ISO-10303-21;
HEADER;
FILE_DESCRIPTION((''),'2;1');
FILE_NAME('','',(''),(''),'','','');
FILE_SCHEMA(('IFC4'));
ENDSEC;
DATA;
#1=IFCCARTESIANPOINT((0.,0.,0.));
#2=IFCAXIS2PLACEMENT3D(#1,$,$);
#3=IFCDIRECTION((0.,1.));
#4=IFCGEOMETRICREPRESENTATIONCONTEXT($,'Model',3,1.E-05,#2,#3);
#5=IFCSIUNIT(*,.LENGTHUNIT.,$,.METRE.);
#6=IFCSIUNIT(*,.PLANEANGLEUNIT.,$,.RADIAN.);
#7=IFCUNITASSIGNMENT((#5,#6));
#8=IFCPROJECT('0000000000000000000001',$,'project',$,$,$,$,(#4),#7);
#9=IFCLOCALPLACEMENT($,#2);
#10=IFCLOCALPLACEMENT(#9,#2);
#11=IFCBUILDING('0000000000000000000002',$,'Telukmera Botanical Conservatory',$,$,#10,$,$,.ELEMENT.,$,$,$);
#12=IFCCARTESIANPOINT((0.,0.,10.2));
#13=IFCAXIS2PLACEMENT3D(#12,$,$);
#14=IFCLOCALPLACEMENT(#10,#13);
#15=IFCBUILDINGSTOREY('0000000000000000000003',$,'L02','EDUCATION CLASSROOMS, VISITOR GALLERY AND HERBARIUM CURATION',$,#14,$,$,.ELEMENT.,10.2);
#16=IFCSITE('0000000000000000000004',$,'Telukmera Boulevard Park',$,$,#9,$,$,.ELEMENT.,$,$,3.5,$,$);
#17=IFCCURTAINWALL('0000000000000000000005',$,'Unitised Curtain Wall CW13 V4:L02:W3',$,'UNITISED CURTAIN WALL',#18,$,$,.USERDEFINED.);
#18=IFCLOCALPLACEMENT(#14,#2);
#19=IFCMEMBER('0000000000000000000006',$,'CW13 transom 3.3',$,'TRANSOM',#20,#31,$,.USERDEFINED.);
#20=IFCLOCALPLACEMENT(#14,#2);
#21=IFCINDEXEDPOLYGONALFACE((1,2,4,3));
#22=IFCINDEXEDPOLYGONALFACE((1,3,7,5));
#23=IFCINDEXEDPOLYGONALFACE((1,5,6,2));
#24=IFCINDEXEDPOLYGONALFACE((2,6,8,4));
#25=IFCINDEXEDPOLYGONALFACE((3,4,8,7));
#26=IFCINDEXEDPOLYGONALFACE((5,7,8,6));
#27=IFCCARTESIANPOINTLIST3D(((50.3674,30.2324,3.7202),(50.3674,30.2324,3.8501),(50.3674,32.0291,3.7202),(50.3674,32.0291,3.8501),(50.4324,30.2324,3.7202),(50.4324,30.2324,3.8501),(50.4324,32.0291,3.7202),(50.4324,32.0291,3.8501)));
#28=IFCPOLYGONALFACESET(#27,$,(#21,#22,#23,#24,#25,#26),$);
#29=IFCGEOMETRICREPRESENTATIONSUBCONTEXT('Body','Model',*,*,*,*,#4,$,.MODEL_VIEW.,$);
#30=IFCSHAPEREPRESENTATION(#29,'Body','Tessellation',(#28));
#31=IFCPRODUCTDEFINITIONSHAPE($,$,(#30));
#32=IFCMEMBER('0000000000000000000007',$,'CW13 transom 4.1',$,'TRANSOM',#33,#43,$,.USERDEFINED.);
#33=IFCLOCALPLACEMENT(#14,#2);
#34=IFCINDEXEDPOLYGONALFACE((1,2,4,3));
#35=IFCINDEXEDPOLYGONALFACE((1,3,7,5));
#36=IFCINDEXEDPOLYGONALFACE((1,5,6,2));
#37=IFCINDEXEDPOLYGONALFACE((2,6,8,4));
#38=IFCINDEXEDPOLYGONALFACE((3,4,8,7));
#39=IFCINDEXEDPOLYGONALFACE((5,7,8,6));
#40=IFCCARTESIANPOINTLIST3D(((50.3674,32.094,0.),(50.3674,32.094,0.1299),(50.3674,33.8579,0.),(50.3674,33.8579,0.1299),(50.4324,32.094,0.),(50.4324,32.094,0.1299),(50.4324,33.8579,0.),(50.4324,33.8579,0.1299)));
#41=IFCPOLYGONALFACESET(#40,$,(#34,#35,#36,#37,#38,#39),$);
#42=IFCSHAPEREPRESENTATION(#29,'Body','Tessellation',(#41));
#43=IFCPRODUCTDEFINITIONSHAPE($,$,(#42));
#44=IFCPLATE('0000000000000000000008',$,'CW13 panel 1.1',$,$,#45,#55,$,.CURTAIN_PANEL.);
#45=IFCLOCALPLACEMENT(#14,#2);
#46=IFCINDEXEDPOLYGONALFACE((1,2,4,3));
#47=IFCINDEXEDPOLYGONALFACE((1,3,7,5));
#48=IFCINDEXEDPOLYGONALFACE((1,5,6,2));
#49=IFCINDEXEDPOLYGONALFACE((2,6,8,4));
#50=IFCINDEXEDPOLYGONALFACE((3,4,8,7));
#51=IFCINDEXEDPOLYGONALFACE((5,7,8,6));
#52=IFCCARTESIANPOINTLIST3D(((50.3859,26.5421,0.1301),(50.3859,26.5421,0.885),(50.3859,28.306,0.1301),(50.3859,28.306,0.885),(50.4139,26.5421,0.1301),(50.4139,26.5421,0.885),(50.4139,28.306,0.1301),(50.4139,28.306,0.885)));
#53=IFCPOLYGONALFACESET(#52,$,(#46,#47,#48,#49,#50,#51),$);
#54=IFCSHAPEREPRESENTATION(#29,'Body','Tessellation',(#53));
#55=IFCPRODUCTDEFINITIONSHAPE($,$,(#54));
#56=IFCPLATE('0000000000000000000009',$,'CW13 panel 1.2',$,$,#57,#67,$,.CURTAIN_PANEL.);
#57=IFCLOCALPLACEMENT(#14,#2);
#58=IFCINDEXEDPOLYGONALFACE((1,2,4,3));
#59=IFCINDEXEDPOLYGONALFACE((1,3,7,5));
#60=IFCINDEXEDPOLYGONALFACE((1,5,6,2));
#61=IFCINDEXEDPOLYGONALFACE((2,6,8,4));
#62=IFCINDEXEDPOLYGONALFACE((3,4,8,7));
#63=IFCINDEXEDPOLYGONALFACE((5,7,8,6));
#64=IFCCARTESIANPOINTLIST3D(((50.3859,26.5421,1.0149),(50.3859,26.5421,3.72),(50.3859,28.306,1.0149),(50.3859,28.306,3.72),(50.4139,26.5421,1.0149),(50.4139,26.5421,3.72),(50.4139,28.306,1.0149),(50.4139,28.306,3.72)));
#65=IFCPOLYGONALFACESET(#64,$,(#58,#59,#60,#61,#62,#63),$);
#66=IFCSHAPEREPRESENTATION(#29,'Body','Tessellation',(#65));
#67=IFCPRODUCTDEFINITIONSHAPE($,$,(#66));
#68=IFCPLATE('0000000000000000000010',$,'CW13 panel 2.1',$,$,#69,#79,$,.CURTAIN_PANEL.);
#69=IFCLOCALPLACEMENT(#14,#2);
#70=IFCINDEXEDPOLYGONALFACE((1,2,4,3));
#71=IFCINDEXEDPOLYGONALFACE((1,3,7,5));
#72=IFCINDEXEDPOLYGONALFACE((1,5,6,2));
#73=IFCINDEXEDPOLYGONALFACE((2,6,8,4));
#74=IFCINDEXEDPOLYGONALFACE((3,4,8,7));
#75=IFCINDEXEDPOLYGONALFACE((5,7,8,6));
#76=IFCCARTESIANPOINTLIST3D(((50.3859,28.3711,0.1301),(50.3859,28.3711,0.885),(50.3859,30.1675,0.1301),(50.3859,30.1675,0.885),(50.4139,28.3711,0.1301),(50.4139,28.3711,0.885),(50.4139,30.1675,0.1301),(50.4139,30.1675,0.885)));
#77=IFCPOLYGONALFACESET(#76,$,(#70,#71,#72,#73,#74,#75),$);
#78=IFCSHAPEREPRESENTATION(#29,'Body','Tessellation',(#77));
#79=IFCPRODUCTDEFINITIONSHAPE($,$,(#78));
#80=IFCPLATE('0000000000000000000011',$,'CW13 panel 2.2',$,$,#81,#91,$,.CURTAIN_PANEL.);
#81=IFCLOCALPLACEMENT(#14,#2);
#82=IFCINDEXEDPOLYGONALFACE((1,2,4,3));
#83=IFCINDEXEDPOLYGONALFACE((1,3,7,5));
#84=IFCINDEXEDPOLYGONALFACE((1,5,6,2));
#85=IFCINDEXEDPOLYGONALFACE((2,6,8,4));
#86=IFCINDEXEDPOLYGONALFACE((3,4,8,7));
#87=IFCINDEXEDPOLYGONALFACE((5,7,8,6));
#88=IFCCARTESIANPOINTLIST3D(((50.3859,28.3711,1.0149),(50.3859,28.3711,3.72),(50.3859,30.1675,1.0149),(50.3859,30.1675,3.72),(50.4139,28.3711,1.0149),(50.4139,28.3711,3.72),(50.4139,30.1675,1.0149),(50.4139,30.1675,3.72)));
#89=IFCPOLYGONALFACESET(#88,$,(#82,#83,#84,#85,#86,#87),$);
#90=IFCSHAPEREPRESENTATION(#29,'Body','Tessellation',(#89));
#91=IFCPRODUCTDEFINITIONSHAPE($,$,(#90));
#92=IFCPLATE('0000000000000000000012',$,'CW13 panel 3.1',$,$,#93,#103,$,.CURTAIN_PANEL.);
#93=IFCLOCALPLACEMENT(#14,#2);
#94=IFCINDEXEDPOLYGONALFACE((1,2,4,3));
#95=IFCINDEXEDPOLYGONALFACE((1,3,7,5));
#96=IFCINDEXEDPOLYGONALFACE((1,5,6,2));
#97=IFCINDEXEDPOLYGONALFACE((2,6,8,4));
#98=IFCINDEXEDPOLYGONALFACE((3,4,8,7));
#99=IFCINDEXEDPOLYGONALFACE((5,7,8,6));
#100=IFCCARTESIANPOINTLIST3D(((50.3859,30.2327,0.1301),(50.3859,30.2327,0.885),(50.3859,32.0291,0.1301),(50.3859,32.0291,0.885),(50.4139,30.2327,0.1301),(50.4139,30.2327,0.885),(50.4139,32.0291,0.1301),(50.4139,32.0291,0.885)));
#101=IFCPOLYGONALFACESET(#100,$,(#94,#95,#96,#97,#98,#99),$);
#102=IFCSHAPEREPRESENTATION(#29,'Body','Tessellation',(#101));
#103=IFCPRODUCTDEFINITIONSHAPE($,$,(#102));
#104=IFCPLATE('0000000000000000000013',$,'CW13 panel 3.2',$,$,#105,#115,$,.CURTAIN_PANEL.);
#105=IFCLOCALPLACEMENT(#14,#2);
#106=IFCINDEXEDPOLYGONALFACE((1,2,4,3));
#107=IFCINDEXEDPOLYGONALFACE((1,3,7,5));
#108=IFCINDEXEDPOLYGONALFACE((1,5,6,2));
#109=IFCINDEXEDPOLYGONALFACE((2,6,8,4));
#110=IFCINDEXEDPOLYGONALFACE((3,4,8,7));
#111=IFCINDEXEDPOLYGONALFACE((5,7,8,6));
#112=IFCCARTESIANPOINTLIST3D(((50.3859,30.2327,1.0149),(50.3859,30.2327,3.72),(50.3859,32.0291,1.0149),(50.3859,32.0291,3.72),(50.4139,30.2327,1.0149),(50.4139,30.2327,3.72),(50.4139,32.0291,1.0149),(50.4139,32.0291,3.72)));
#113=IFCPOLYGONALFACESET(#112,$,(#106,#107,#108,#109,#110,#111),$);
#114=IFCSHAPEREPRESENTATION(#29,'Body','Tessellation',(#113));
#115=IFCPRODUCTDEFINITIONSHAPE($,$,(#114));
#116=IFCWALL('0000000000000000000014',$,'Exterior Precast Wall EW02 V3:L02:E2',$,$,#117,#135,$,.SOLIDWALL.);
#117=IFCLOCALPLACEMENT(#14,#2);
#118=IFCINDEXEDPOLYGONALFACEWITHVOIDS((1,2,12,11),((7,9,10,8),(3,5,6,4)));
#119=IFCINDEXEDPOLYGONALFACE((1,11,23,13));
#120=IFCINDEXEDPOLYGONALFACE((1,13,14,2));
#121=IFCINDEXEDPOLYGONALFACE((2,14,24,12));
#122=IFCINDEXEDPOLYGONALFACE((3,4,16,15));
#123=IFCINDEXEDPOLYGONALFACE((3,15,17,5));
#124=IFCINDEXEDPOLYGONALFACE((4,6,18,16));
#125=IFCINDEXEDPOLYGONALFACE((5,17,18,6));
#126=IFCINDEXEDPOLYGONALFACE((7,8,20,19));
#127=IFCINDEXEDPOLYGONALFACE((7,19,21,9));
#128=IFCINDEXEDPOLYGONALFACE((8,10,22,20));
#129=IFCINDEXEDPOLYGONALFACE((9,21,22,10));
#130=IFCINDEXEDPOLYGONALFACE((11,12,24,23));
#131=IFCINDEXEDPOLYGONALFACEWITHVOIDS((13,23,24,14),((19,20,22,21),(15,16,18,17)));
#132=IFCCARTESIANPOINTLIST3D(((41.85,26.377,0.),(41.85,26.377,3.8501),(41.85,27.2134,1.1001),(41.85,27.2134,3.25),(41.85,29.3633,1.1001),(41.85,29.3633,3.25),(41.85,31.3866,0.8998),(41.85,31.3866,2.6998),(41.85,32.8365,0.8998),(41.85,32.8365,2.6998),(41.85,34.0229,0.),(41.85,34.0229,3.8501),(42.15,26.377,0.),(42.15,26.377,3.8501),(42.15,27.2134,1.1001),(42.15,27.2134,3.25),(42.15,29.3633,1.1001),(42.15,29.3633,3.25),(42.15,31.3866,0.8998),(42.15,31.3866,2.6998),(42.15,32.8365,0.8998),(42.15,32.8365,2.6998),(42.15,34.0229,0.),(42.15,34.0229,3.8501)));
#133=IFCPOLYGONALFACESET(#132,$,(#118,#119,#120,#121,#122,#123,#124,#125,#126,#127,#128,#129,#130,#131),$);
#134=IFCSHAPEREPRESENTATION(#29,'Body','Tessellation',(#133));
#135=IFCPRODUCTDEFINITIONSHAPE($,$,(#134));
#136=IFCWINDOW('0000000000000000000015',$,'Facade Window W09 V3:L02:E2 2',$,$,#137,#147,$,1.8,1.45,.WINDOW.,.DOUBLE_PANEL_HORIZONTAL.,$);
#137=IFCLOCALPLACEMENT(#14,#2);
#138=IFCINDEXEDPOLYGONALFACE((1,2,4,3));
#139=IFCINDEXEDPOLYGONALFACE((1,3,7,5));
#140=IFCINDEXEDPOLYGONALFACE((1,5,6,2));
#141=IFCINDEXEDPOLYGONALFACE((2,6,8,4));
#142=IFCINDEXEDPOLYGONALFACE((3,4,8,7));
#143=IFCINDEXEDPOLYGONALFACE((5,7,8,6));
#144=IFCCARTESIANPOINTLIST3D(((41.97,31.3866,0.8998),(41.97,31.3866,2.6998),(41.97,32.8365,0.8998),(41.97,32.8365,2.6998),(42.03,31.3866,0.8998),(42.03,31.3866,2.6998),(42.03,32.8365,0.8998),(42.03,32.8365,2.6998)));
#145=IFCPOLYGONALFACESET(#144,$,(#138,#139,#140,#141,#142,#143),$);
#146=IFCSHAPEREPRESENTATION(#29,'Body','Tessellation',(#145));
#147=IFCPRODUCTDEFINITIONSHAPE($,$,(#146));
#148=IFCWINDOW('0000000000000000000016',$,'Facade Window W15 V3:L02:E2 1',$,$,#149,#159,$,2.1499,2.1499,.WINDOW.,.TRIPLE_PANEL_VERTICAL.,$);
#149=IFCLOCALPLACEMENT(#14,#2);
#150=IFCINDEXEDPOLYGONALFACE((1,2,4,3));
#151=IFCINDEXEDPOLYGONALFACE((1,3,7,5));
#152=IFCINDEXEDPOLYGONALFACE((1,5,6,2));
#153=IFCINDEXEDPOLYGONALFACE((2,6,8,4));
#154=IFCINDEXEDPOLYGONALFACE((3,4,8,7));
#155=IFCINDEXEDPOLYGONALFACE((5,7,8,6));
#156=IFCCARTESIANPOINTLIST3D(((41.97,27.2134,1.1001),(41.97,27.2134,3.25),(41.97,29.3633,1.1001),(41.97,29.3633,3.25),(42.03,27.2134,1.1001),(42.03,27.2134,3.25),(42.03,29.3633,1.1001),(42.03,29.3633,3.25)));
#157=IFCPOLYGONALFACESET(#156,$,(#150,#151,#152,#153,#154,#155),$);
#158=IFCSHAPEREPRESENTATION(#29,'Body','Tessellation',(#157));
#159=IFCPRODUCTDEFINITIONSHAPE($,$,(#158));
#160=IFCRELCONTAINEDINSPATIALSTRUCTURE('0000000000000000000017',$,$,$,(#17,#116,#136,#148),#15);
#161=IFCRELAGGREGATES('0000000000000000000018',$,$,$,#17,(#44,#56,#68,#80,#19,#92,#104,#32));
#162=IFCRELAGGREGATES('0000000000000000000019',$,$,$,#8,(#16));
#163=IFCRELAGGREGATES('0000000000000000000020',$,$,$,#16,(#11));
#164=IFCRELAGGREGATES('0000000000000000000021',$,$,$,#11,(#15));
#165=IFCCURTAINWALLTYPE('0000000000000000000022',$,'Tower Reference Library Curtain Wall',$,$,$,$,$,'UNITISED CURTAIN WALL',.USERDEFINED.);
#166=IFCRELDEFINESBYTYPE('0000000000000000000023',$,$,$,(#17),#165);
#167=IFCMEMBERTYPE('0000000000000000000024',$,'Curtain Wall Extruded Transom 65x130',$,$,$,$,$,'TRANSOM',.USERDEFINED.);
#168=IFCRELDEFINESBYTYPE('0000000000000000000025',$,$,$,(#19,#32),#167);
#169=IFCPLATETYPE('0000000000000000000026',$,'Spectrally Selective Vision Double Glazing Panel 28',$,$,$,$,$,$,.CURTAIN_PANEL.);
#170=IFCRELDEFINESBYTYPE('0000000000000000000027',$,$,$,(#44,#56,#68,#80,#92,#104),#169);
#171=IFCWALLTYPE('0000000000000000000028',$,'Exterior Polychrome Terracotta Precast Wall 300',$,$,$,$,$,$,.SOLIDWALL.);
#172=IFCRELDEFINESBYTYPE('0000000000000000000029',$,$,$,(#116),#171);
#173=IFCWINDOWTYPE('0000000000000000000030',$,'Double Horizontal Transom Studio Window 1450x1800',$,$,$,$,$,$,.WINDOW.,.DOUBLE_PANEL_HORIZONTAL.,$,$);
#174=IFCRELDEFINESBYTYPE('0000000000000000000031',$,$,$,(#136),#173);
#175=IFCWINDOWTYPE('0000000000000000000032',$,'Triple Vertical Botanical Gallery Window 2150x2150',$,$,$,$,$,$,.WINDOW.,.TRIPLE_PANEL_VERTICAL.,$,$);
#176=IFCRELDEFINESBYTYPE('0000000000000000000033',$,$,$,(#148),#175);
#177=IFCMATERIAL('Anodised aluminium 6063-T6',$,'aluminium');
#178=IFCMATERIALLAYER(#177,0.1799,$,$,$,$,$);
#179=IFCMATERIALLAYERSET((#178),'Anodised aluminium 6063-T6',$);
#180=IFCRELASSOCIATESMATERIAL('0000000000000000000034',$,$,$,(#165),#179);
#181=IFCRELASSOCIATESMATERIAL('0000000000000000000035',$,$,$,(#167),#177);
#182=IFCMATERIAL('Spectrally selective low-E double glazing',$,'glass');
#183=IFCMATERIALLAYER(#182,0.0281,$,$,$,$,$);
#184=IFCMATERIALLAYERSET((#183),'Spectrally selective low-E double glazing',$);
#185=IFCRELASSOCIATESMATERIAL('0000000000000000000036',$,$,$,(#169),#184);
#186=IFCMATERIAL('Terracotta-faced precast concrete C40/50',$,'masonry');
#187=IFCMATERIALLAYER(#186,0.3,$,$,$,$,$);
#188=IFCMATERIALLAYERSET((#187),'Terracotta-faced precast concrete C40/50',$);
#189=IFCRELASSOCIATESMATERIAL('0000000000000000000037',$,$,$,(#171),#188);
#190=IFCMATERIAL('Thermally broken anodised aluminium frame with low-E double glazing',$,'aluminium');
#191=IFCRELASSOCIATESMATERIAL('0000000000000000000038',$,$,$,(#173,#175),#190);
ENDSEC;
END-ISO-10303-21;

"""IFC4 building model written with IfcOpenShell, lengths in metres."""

from ifc_helpers import new_model, si_unit, direction, frame, frame_2d, origin, origin_2d, place, context, subcontext, project, spatial, rectangle, extrude, material, layer, layer_set, material_profile, profile_set, type_object, element, fill, aggregate, save


model = new_model("IFC4")

# Units and contexts
model_context = context("Model", 3, precision=1e-05, world=origin(), true_north=direction((0.0, 1.0)))
body_context = subcontext(model_context, "Body", "Model", "MODEL_VIEW")
ifc_project = project(units=[si_unit("LENGTHUNIT", "METRE"), si_unit("PLANEANGLEUNIT", "RADIAN")], contexts=[model_context])

# Site, building, storey
site_placement = place(None, origin())
site = spatial("IfcSite", under=ifc_project, at=site_placement, Name="Telukmera Boulevard Park", CompositionType="ELEMENT", RefElevation=3.5)
building_placement = place(site_placement, origin())
building = spatial("IfcBuilding", under=site, at=building_placement, Name="Telukmera Botanical Conservatory", CompositionType="ELEMENT")
storey_placement = place(building_placement, frame((0.0, 0.0, 10.2)))
storey = spatial("IfcBuildingStorey", under=building, at=storey_placement, Name="L02", Description="EDUCATION CLASSROOMS, VISITOR GALLERY AND HERBARIUM CURATION", CompositionType="ELEMENT", Elevation=10.2)

# Curtain wall, members, plates
ifc_material_1 = material(Name="Anodised aluminium 6063-T6", Category="aluminium")
ifc_layer_1 = layer(ifc_material_1, 0.1799)
ifc_layer_set_1 = layer_set([ifc_layer_1], Name="Anodised aluminium 6063-T6")
curtain_wall_type = type_object("IfcCurtainWallType", Name="Tower Reference Library Curtain Wall", ElementType="UNITISED CURTAIN WALL", PredefinedType="USERDEFINED", material=ifc_layer_set_1)
curtain_wall_placement = place(storey_placement, origin())
curtain_wall = element("IfcCurtainWall", 1, at=curtain_wall_placement, inside=storey, type_object=curtain_wall_type, Name="Unitised Curtain Wall CW13 V4:L02:W3", ObjectType="UNITISED CURTAIN WALL", PredefinedType="USERDEFINED")
ifc_material_profile_1 = material_profile(ifc_material_1, rectangle(XDim=0.0649, YDim=0.1299, at=origin_2d()), Name="ALU TRAN 65x130")
ifc_profile_set_1 = profile_set([ifc_material_profile_1], Name="Anodised aluminium 6063-T6")
member_type_1 = type_object("IfcMemberType", Name="Curtain Wall Extruded Transom 65x130", ElementType="TRANSOM", PredefinedType="USERDEFINED", material=ifc_profile_set_1)
member_1_placement = place(storey_placement, frame((50.3999, 30.2324, 3.7852), z_axis=(0.0, 1.0, 0.0), x_axis=(-1.0, 0.0, 0.0)))
member_1 = element("IfcMember", 2, at=member_1_placement, type_object=member_type_1, Name="CW13 transom 3.3", ObjectType="TRANSOM", PredefinedType="USERDEFINED", context=body_context, shape_type="SweptSolid", body=[
    extrude(rectangle(XDim=0.0649, YDim=0.1299, at=origin_2d()), origin(), (0.0, 0.0, 1.0), 1.7966),
])
member_2_placement = place(storey_placement, frame((50.3999, 32.094, 0.0649), z_axis=(0.0, 1.0, 0.0), x_axis=(-1.0, 0.0, 0.0)))
member_2 = element("IfcMember", 3, at=member_2_placement, type_object=member_type_1, Name="CW13 transom 4.1", ObjectType="TRANSOM", PredefinedType="USERDEFINED", context=body_context, shape_type="SweptSolid", body=[
    extrude(rectangle(XDim=0.0649, YDim=0.1299, at=origin_2d()), origin(), (0.0, 0.0, 1.0), 1.7639),
])
ifc_material_2 = material(Name="Spectrally selective low-E double glazing", Category="glass")
ifc_layer_2 = layer(ifc_material_2, 0.0281)
ifc_layer_set_2 = layer_set([ifc_layer_2], Name="Spectrally selective low-E double glazing")
plate_type = type_object("IfcPlateType", Name="Spectrally Selective Vision Double Glazing Panel 28", PredefinedType="CURTAIN_PANEL", material=ifc_layer_set_2)
plate_1_placement = place(storey_placement, frame((50.3999, 27.4241, 0.1301), z_axis=(0.0, 0.0, 1.0), x_axis=(0.0, 1.0, 0.0)))
plate_1 = element("IfcPlate", 4, at=plate_1_placement, type_object=plate_type, Name="CW13 panel 1.1", PredefinedType="CURTAIN_PANEL", context=body_context, shape_type="SweptSolid", body=[
    extrude(rectangle(XDim=1.7639, YDim=0.0281, at=origin_2d()), origin(), (0.0, 0.0, 1.0), 0.7549),
])
plate_2_placement = place(storey_placement, frame((50.3999, 27.4241, 1.0149), z_axis=(0.0, 0.0, 1.0), x_axis=(0.0, 1.0, 0.0)))
plate_2 = element("IfcPlate", 5, at=plate_2_placement, type_object=plate_type, Name="CW13 panel 1.2", PredefinedType="CURTAIN_PANEL", context=body_context, shape_type="SweptSolid", body=[
    extrude(rectangle(XDim=1.7639, YDim=0.0281, at=origin_2d()), origin(), (0.0, 0.0, 1.0), 2.7051),
])
plate_3_placement = place(storey_placement, frame((50.3999, 29.2693, 0.1301), z_axis=(0.0, 0.0, 1.0), x_axis=(0.0, 1.0, 0.0)))
plate_3 = element("IfcPlate", 6, at=plate_3_placement, type_object=plate_type, Name="CW13 panel 2.1", PredefinedType="CURTAIN_PANEL", context=body_context, shape_type="SweptSolid", body=[
    extrude(rectangle(XDim=1.7964, YDim=0.0281, at=origin_2d()), origin(), (0.0, 0.0, 1.0), 0.7549),
])
plate_4_placement = place(storey_placement, frame((50.3999, 29.2693, 1.0149), z_axis=(0.0, 0.0, 1.0), x_axis=(0.0, 1.0, 0.0)))
plate_4 = element("IfcPlate", 7, at=plate_4_placement, type_object=plate_type, Name="CW13 panel 2.2", PredefinedType="CURTAIN_PANEL", context=body_context, shape_type="SweptSolid", body=[
    extrude(rectangle(XDim=1.7964, YDim=0.0281, at=origin_2d()), origin(), (0.0, 0.0, 1.0), 2.7051),
])
plate_5_placement = place(storey_placement, frame((50.3999, 31.1309, 0.1301), z_axis=(0.0, 0.0, 1.0), x_axis=(0.0, 1.0, 0.0)))
plate_5 = element("IfcPlate", 8, at=plate_5_placement, type_object=plate_type, Name="CW13 panel 3.1", PredefinedType="CURTAIN_PANEL", context=body_context, shape_type="SweptSolid", body=[
    extrude(rectangle(XDim=1.7964, YDim=0.0281, at=origin_2d()), origin(), (0.0, 0.0, 1.0), 0.7549),
])
plate_6_placement = place(storey_placement, frame((50.3999, 31.1309, 1.0149), z_axis=(0.0, 0.0, 1.0), x_axis=(0.0, 1.0, 0.0)))
plate_6 = element("IfcPlate", 9, at=plate_6_placement, type_object=plate_type, Name="CW13 panel 3.2", PredefinedType="CURTAIN_PANEL", context=body_context, shape_type="SweptSolid", body=[
    extrude(rectangle(XDim=1.7964, YDim=0.0281, at=origin_2d()), origin(), (0.0, 0.0, 1.0), 2.7051),
])
aggregate(curtain_wall, [plate_1, plate_2, plate_3, plate_4, member_1, plate_5, plate_6, member_2])

# Wall, openings, windows
ifc_material_3 = material(Name="Terracotta-faced precast concrete C40/50", Category="masonry")
ifc_layer_3 = layer(ifc_material_3, 0.3)
ifc_layer_set_3 = layer_set([ifc_layer_3], Name="Terracotta-faced precast concrete C40/50")
wall_type_1 = type_object("IfcWallType", Name="Exterior Polychrome Terracotta Precast Wall 300", PredefinedType="SOLIDWALL", material=ifc_layer_set_3)
wall_1_placement = place(storey_placement, frame((42.0, 26.377, 0.0), z_axis=(0.0, 0.0, 1.0), x_axis=(0.0, 1.0, 0.0)))
wall_1 = element("IfcWall", 10, at=wall_1_placement, inside=storey, type_object=wall_type_1, Name="Exterior Precast Wall EW02 V3:L02:E2", PredefinedType="SOLIDWALL", context=body_context, shape_type="SweptSolid", body=[
    extrude(rectangle(XDim=7.646, YDim=0.3, at=frame_2d((3.823, 0.0))), origin(), (0.0, 0.0, 1.0), 3.8501),
])
opening_1_placement = place(wall_1_placement, frame((0.8364, 0.0, 1.1001)))
opening_1 = element("IfcOpeningElement", 11, at=opening_1_placement, cuts=wall_1, PredefinedType="OPENING", context=body_context, shape_type="SweptSolid", body=[
    extrude(rectangle(XDim=2.1499, YDim=2.1499, at=frame_2d((1.075, 1.075))), frame((0.0, 0.1599, 0.0), z_axis=(0.0, -1.0, 0.0), x_axis=(1.0, 0.0, 0.0)), (0.0, 0.0, 1.0), 0.3201),
])
opening_2_placement = place(wall_1_placement, frame((5.0095, 0.0, 0.8999)))
opening_2 = element("IfcOpeningElement", 12, at=opening_2_placement, cuts=wall_1, PredefinedType="OPENING", context=body_context, shape_type="SweptSolid", body=[
    extrude(rectangle(XDim=1.45, YDim=1.8, at=frame_2d((0.7251, 0.8999))), frame((0.0, 0.1599, 0.0), z_axis=(0.0, -1.0, 0.0), x_axis=(1.0, 0.0, 0.0)), (0.0, 0.0, 1.0), 0.3201),
])
ifc_material_4 = material(Name="Thermally broken anodised aluminium frame with low-E double glazing", Category="aluminium")
window_type_1 = type_object("IfcWindowType", Name="Double Horizontal Transom Studio Window 1450x1800", PartitioningType="DOUBLE_PANEL_HORIZONTAL", PredefinedType="WINDOW", material=ifc_material_4)
window_1_placement = place(opening_2_placement, origin())
window_1 = element("IfcWindow", 13, at=window_1_placement, inside=storey, type_object=window_type_1, Name="Facade Window W09 V3:L02:E2 2", OverallHeight=1.8, OverallWidth=1.45, PartitioningType="DOUBLE_PANEL_HORIZONTAL", PredefinedType="WINDOW", context=body_context, shape_type="SweptSolid", body=[
    extrude(rectangle(XDim=1.45, YDim=1.8, at=frame_2d((0.7251, 0.8999))), frame((0.0, 0.03, 0.0), z_axis=(0.0, -1.0, 0.0), x_axis=(1.0, 0.0, 0.0)), (0.0, 0.0, 1.0), 0.0601),
])
fill(opening_2, window_1)
window_type_2 = type_object("IfcWindowType", Name="Triple Vertical Botanical Gallery Window 2150x2150", PartitioningType="TRIPLE_PANEL_VERTICAL", PredefinedType="WINDOW", material=ifc_material_4)
window_2_placement = place(opening_1_placement, origin())
window_2 = element("IfcWindow", 14, at=window_2_placement, inside=storey, type_object=window_type_2, Name="Facade Window W15 V3:L02:E2 1", OverallHeight=2.1499, OverallWidth=2.1499, PartitioningType="TRIPLE_PANEL_VERTICAL", PredefinedType="WINDOW", context=body_context, shape_type="SweptSolid", body=[
    extrude(rectangle(XDim=2.1499, YDim=2.1499, at=frame_2d((1.075, 1.075))), frame((0.0, 0.03, 0.0), z_axis=(0.0, -1.0, 0.0), x_axis=(1.0, 0.0, 0.0)), (0.0, 0.0, 1.0), 0.0601),
])
fill(opening_1, window_2)

save(model, "model.ifc")
